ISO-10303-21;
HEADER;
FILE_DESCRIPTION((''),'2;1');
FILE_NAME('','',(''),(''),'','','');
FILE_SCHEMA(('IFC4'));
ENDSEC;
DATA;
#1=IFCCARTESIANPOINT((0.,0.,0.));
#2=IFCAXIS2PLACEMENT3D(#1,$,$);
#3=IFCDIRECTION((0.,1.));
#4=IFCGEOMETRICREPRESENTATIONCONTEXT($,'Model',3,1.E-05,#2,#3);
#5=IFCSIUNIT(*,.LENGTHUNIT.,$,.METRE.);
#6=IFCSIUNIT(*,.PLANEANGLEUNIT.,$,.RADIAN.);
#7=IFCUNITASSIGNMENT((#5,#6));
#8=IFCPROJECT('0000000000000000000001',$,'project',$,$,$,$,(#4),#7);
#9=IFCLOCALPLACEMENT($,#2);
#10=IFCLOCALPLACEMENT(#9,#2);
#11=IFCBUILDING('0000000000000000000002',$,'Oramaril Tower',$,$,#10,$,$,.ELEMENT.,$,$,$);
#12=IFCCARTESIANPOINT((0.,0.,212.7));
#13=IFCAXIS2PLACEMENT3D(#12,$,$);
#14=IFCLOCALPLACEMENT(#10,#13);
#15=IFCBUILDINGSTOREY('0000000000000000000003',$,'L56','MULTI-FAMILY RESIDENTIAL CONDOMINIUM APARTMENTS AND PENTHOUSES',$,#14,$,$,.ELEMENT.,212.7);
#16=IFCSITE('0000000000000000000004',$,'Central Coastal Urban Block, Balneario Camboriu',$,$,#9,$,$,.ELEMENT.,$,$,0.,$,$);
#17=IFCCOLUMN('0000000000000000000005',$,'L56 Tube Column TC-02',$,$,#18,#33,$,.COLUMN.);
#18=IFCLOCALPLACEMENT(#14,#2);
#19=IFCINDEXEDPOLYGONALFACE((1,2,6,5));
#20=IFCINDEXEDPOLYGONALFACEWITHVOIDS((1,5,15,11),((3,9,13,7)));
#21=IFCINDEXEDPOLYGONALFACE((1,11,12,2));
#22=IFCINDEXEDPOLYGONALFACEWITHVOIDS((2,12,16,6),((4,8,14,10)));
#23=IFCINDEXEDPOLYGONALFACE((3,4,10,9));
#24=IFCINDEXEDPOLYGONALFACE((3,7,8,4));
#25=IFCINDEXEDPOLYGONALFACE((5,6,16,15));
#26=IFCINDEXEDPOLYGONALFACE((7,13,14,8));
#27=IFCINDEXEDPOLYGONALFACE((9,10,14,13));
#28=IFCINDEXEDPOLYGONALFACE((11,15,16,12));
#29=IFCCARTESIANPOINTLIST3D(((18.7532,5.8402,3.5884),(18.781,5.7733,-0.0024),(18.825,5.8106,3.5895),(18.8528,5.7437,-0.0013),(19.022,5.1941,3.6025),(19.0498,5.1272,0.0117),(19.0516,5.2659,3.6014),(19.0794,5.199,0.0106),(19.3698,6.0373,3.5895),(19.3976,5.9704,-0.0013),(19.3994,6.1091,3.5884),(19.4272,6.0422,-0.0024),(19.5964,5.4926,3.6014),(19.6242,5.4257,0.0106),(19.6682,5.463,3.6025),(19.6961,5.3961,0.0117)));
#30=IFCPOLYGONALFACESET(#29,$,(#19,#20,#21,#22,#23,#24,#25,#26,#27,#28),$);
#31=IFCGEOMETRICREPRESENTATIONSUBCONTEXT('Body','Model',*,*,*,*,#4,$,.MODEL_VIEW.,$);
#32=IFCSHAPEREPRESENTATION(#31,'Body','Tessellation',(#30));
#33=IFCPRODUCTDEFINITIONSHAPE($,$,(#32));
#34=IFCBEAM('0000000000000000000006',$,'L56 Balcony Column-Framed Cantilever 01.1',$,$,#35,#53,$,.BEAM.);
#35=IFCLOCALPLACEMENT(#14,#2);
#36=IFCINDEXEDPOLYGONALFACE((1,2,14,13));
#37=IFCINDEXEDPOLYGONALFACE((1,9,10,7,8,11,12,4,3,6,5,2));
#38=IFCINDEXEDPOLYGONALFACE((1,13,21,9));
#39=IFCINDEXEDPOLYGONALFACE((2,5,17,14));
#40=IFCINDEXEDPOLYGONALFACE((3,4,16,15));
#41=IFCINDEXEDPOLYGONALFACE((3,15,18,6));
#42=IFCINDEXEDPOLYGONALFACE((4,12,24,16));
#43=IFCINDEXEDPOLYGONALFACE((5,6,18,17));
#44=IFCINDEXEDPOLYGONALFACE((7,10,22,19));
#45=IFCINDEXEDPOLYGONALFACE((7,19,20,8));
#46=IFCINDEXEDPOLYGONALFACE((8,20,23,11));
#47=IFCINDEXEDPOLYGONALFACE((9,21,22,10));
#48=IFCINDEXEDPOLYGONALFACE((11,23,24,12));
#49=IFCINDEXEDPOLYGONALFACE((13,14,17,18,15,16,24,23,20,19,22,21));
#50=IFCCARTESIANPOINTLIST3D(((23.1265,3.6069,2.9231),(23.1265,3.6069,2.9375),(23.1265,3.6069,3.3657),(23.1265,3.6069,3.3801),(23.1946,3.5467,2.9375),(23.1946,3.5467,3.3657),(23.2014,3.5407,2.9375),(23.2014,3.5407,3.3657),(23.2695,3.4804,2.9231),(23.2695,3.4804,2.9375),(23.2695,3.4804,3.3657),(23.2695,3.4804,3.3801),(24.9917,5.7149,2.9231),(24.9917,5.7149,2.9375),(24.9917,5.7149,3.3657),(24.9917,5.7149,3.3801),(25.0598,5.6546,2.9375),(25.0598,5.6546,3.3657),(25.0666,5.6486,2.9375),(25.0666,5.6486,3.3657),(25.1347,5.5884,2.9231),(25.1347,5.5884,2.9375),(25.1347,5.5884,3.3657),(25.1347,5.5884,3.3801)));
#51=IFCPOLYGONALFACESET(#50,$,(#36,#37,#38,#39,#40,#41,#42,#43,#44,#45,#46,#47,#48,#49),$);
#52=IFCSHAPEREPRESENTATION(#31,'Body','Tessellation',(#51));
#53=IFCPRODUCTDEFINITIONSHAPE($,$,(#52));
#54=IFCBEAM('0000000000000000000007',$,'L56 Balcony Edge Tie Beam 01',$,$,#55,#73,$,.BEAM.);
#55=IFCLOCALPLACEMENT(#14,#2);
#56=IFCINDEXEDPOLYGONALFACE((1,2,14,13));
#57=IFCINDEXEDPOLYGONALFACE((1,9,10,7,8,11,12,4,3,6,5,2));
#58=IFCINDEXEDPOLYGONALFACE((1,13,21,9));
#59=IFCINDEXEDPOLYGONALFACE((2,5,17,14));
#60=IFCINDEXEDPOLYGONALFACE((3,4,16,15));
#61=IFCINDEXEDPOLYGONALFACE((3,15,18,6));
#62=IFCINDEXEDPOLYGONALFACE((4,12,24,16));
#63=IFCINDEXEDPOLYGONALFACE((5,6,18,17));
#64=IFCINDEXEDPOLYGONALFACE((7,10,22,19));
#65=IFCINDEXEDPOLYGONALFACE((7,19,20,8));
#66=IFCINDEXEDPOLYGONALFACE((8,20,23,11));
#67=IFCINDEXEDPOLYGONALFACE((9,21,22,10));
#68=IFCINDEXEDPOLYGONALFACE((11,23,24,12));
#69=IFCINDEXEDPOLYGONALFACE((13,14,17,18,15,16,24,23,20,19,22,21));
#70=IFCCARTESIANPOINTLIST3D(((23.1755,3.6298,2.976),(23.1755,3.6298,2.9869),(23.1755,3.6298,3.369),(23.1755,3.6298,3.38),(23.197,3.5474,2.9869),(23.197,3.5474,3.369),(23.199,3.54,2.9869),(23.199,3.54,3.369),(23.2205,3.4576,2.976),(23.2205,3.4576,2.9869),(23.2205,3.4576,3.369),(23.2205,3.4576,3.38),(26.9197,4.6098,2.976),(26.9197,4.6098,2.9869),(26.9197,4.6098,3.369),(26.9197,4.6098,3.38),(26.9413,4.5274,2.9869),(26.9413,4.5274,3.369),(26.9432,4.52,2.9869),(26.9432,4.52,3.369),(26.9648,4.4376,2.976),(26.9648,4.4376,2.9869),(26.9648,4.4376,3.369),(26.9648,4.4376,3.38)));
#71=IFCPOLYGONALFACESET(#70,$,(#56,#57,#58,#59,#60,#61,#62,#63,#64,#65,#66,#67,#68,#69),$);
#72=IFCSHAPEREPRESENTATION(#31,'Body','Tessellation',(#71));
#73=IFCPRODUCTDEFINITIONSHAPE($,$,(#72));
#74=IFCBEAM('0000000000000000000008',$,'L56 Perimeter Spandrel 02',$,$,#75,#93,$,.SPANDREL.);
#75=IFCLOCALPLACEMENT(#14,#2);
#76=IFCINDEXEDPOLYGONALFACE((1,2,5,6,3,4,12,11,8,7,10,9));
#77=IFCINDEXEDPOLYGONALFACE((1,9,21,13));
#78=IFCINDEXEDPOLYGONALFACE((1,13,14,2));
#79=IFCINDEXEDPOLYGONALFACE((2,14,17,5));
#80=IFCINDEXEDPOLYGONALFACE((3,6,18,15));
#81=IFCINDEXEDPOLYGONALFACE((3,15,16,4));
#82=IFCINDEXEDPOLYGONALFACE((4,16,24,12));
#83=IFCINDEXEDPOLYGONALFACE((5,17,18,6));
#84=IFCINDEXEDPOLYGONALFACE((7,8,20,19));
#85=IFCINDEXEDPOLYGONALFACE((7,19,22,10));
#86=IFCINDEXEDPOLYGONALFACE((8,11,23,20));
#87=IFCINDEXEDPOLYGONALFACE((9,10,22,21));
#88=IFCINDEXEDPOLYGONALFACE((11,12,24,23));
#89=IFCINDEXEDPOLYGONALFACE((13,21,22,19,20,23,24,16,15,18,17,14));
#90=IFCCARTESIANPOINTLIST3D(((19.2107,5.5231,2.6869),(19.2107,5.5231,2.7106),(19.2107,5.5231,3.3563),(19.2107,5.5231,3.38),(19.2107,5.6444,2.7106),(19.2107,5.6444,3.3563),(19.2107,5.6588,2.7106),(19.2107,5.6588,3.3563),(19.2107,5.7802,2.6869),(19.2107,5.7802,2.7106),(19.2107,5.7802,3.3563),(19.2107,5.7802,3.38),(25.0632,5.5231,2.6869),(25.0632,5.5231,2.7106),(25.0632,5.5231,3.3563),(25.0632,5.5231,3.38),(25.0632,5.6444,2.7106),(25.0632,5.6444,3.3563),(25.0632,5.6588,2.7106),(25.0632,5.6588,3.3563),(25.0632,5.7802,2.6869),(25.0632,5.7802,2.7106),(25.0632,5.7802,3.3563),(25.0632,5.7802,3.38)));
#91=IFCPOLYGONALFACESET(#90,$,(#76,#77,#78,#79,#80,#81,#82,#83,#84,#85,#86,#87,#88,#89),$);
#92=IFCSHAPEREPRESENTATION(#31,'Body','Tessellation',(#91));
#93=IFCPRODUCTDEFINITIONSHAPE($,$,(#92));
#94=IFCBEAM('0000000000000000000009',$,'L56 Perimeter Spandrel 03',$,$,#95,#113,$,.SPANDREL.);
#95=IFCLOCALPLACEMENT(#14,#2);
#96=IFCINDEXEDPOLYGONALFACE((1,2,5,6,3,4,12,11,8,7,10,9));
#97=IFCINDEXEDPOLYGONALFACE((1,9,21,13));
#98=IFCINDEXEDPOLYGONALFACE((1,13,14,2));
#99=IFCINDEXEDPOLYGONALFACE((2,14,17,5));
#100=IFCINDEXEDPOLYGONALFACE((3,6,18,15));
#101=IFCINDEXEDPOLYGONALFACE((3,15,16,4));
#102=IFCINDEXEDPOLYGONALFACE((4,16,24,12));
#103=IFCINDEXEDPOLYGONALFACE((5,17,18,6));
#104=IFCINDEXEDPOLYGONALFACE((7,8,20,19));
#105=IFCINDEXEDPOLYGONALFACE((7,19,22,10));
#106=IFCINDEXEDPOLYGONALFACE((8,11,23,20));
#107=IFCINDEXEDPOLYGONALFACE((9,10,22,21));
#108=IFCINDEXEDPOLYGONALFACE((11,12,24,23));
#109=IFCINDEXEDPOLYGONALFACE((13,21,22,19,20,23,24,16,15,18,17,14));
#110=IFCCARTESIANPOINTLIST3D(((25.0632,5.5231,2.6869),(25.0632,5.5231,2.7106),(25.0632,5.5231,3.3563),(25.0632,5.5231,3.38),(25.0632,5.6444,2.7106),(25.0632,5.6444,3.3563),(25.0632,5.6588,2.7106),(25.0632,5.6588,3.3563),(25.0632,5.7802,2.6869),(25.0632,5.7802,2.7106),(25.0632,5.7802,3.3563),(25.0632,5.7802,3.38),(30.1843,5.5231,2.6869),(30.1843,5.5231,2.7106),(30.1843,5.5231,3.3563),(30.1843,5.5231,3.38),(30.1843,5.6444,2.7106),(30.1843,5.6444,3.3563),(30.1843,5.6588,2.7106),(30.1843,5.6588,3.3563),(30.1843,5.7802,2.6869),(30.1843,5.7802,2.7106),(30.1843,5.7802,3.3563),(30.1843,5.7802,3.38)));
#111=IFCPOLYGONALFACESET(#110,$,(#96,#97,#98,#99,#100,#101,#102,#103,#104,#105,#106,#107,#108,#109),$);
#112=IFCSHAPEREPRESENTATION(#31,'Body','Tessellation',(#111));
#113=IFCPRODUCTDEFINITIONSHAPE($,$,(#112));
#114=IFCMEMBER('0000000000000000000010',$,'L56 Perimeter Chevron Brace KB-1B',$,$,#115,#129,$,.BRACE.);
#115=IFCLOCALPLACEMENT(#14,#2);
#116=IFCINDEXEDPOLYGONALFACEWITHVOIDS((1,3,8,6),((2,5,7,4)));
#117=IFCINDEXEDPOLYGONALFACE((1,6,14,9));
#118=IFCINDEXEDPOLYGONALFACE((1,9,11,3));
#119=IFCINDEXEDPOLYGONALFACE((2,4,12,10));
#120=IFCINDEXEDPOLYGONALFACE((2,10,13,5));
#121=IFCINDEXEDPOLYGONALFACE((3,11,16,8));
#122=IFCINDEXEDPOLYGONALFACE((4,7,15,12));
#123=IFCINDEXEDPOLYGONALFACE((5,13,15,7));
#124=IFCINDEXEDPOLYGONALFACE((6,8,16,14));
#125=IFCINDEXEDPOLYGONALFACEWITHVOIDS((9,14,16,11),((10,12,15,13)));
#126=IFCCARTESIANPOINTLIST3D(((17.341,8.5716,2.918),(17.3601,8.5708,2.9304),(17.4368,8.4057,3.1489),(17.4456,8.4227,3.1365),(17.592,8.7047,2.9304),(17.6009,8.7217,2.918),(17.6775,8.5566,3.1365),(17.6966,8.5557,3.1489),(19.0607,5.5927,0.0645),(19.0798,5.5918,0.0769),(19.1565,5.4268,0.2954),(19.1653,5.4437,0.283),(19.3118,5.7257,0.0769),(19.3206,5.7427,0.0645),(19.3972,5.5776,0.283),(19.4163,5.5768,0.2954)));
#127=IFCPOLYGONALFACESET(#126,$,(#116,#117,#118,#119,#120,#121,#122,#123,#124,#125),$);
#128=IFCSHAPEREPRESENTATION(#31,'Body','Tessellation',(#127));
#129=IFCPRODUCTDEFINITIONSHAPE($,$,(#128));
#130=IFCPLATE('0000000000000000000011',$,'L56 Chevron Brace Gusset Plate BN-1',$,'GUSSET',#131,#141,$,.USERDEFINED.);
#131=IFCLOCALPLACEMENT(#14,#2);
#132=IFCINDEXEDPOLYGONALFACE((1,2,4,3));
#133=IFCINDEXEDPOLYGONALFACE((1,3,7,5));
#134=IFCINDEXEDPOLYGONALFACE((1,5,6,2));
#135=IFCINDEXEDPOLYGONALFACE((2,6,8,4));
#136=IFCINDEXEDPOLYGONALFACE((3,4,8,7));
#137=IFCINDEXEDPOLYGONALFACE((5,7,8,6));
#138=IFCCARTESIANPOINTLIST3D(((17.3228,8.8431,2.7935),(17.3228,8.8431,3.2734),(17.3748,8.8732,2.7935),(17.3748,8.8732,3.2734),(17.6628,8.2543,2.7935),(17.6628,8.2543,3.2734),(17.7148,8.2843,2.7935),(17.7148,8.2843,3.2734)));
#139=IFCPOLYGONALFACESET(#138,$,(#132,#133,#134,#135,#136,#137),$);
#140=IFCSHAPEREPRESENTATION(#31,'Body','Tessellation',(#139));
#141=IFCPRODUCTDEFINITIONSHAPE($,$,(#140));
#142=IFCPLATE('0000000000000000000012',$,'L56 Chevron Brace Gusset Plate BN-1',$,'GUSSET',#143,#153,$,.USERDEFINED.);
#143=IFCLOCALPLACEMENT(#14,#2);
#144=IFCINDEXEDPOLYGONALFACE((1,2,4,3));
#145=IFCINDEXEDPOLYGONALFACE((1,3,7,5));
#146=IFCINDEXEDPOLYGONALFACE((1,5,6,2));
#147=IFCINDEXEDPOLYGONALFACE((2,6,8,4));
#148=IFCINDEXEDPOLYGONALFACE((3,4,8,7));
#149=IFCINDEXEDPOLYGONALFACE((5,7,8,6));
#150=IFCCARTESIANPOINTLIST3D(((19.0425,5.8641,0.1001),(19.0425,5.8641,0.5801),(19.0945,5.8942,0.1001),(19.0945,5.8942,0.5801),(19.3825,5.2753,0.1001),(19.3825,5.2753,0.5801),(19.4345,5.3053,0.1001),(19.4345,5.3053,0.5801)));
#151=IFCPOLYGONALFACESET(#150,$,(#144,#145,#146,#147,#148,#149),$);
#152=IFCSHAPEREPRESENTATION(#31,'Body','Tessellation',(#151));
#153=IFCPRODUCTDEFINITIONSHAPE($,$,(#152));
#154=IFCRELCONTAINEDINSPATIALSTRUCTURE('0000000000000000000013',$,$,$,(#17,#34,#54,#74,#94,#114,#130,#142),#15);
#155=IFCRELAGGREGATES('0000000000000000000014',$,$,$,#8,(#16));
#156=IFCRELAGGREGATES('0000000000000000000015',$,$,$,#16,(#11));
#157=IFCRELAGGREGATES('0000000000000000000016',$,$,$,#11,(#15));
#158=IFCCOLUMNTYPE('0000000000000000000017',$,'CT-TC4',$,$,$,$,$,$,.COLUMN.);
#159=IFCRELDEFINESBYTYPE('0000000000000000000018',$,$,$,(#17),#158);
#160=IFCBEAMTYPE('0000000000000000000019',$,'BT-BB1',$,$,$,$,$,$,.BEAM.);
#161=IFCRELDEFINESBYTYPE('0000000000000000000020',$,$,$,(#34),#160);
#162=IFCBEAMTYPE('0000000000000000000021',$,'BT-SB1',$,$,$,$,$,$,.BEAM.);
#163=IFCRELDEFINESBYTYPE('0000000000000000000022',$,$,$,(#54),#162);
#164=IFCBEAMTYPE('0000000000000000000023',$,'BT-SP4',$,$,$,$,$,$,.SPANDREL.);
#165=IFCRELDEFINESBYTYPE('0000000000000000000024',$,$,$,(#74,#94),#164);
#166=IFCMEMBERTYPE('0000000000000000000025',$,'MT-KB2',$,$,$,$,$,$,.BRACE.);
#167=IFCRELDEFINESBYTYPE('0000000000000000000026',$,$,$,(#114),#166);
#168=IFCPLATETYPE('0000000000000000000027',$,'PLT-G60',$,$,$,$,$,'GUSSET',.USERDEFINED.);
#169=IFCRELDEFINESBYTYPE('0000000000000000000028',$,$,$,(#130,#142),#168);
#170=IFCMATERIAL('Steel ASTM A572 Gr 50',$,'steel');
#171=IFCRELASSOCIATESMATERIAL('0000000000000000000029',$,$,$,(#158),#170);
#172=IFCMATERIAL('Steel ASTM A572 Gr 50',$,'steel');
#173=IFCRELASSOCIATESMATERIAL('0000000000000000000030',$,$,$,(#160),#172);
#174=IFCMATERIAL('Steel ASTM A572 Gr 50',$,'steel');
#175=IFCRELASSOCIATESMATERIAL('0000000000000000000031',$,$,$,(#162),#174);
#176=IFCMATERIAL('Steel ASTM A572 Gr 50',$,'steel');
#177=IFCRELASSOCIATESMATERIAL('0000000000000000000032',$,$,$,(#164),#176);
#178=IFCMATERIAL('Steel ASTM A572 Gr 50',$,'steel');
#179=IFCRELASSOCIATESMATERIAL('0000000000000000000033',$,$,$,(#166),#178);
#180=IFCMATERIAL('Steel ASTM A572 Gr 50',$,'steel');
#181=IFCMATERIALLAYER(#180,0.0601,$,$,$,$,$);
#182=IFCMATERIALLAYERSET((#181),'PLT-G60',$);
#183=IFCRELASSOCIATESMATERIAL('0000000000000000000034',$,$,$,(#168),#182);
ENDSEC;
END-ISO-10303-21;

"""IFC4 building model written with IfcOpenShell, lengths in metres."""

from ifc_helpers import new_model, si_unit, direction, frame, origin, origin_2d, place, context, subcontext, project, spatial, rectangle, hollow_rectangle, i_section, extrude, material, layer, layer_set, material_profile, profile_set, type_object, element, save


model = new_model("IFC4")

# Units and contexts
model_context = context("Model", 3, precision=1e-05, world=origin(), true_north=direction((0.0, 1.0)))
body_context = subcontext(model_context, "Body", "Model", "MODEL_VIEW")
ifc_project = project(units=[si_unit("LENGTHUNIT", "METRE"), si_unit("PLANEANGLEUNIT", "RADIAN")], contexts=[model_context])

# Site, building, storey
site_placement = place(None, origin())
site = spatial("IfcSite", under=ifc_project, at=site_placement, Name="Central Coastal Urban Block, Balneario Camboriu", CompositionType="ELEMENT", RefElevation=0.0)
building_placement = place(site_placement, origin())
building = spatial("IfcBuilding", under=site, at=building_placement, Name="Oramaril Tower", CompositionType="ELEMENT")
storey_placement = place(building_placement, frame((0.0, 0.0, 212.7)))
storey = spatial("IfcBuildingStorey", under=building, at=storey_placement, Name="L56", Description="MULTI-FAMILY RESIDENTIAL CONDOMINIUM APARTMENTS AND PENTHOUSES", CompositionType="ELEMENT", Elevation=212.7)

# Column
ifc_material_1 = material(Name="Steel ASTM A572 Gr 50", Category="steel")
ifc_material_profile_1 = material_profile(ifc_material_1, hollow_rectangle(XDim=0.7, YDim=0.7, WallThickness=0.0549, at=origin_2d()), Name="BOX700X700X55")
ifc_profile_set_1 = profile_set([ifc_material_profile_1], Name="Steel ASTM A572 Gr 50")
column_type = type_object("IfcColumnType", Name="CT-TC4", PredefinedType="COLUMN", material=ifc_profile_set_1)
column_placement = place(storey_placement, frame((19.2385, 5.5847, 0.0046), z_axis=(-0.007749, 0.018626, 0.999796), x_axis=(-0.923276, -0.384137, 0.0)))
element("IfcColumn", 1, at=column_placement, inside=storey, type_object=column_type, Name="L56 Tube Column TC-02", PredefinedType="COLUMN", context=body_context, shape_type="SweptSolid", body=[
    extrude(hollow_rectangle(XDim=0.7, YDim=0.7, WallThickness=0.0549, at=origin_2d()), origin(), (0.0, 0.0, 1.0), 3.5916),
])

# Beams
ifc_material_2 = material(Name="Steel ASTM A572 Gr 50", Category="steel")
ifc_material_profile_2 = material_profile(ifc_material_2, i_section(OverallWidth=0.1909, OverallDepth=0.457, WebThickness=0.009, FlangeThickness=0.0144, at=origin_2d()), Name="W18X50")
ifc_profile_set_2 = profile_set([ifc_material_profile_2], Name="Steel ASTM A572 Gr 50")
beam_type_1 = type_object("IfcBeamType", Name="BT-BB1", PredefinedType="BEAM", material=ifc_profile_set_2)
beam_1_placement = place(storey_placement, frame((25.0632, 5.6516, 3.1516), z_axis=(-0.662682, -0.748901, 0.0), x_axis=(0.748901, -0.662682, 0.0)))
element("IfcBeam", 2, at=beam_1_placement, inside=storey, type_object=beam_type_1, Name="L56 Balcony Column-Framed Cantilever 01.1", PredefinedType="BEAM", context=body_context, shape_type="SweptSolid", body=[
    extrude(i_section(OverallWidth=0.1909, OverallDepth=0.457, WebThickness=0.009, FlangeThickness=0.0144, at=origin_2d()), origin(), (0.0, 0.0, 1.0), 2.8147),
])
ifc_material_3 = material(Name="Steel ASTM A572 Gr 50", Category="steel")
ifc_material_profile_3 = material_profile(ifc_material_3, i_section(OverallWidth=0.178, OverallDepth=0.4041, WebThickness=0.0076, FlangeThickness=0.011, at=origin_2d()), Name="W16X36")
ifc_profile_set_3 = profile_set([ifc_material_profile_3], Name="Steel ASTM A572 Gr 50")
beam_type_2 = type_object("IfcBeamType", Name="BT-SB1", PredefinedType="BEAM", material=ifc_profile_set_3)
beam_2_placement = place(storey_placement, frame((23.198, 3.5437, 3.178), z_axis=(0.967412, 0.253208, 0.0), x_axis=(-0.253208, 0.967412, 0.0)))
element("IfcBeam", 3, at=beam_2_placement, inside=storey, type_object=beam_type_2, Name="L56 Balcony Edge Tie Beam 01", PredefinedType="BEAM", context=body_context, shape_type="SweptSolid", body=[
    extrude(i_section(OverallWidth=0.178, OverallDepth=0.4041, WebThickness=0.0076, FlangeThickness=0.011, at=origin_2d()), origin(), (0.0, 0.0, 1.0), 3.8704),
])
ifc_material_4 = material(Name="Steel ASTM A572 Gr 50", Category="steel")
ifc_material_profile_4 = material_profile(ifc_material_4, i_section(OverallWidth=0.2571, OverallDepth=0.6931, WebThickness=0.0144, FlangeThickness=0.0237, at=origin_2d()), Name="W27X114")
ifc_profile_set_4 = profile_set([ifc_material_profile_4], Name="Steel ASTM A572 Gr 50")
beam_type_3 = type_object("IfcBeamType", Name="BT-SP4", PredefinedType="SPANDREL", material=ifc_profile_set_4)
beam_3_placement = place(storey_placement, frame((19.2107, 5.6516, 3.0334), z_axis=(1.0, 0.0, 0.0), x_axis=(0.0, 1.0, 0.0)))
element("IfcBeam", 4, at=beam_3_placement, inside=storey, type_object=beam_type_3, Name="L56 Perimeter Spandrel 02", PredefinedType="SPANDREL", context=body_context, shape_type="SweptSolid", body=[
    extrude(i_section(OverallWidth=0.2571, OverallDepth=0.6931, WebThickness=0.0144, FlangeThickness=0.0237, at=origin_2d()), origin(), (0.0, 0.0, 1.0), 5.8525),
])
beam_4_placement = place(storey_placement, frame((25.0632, 5.6516, 3.0334), z_axis=(1.0, 0.0, 0.0), x_axis=(0.0, 1.0, 0.0)))
element("IfcBeam", 5, at=beam_4_placement, inside=storey, type_object=beam_type_3, Name="L56 Perimeter Spandrel 03", PredefinedType="SPANDREL", context=body_context, shape_type="SweptSolid", body=[
    extrude(i_section(OverallWidth=0.2571, OverallDepth=0.6931, WebThickness=0.0144, FlangeThickness=0.0237, at=origin_2d()), origin(), (0.0, 0.0, 1.0), 5.1211),
])

# Member
ifc_material_5 = material(Name="Steel ASTM A572 Gr 50", Category="steel")
ifc_material_profile_5 = material_profile(ifc_material_5, hollow_rectangle(XDim=0.3, YDim=0.3, WallThickness=0.0161, at=origin_2d()), Name="HSS300X300X16")
ifc_profile_set_5 = profile_set([ifc_material_profile_5], Name="Steel ASTM A572 Gr 50")
member_type = type_object("IfcMemberType", Name="MT-KB2", PredefinedType="BRACE", material=ifc_profile_set_5)
member_placement = place(storey_placement, frame((19.2385, 5.5847, 0.1799), z_axis=(-0.384788, 0.666551, 0.638473), x_axis=(-0.866051, -0.499956, 0.0)))
element("IfcMember", 6, at=member_placement, inside=storey, type_object=member_type, Name="L56 Perimeter Chevron Brace KB-1B", PredefinedType="BRACE", context=body_context, shape_type="SweptSolid", body=[
    extrude(hollow_rectangle(XDim=0.3, YDim=0.3, WallThickness=0.0161, at=origin_2d()), origin(), (0.0, 0.0, 1.0), 4.4692),
])

# Plates
ifc_material_6 = material(Name="Steel ASTM A572 Gr 50", Category="steel")
ifc_layer_1 = layer(ifc_material_6, 0.0601)
ifc_layer_set_1 = layer_set([ifc_layer_1], Name="PLT-G60")
plate_type = type_object("IfcPlateType", Name="PLT-G60", ElementType="GUSSET", PredefinedType="USERDEFINED", material=ifc_layer_set_1)
for number, where, z_axis, x_axis, name in (
    (7, (17.5188, 8.5637, 2.7935), (0.0, 0.0, 1.0), (0.5, -0.866025, 0.0), "L56 Chevron Brace Gusset Plate BN-1"),
    (8, (19.2385, 5.5847, 0.1001), (0.0, 0.0, 1.0), (0.5, -0.866025, 0.0), "L56 Chevron Brace Gusset Plate BN-1"),
):
    element("IfcPlate", number, at=place(storey_placement, frame(where, z_axis=z_axis, x_axis=x_axis)), inside=storey, type_object=plate_type, Name=name, ObjectType="GUSSET", PredefinedType="USERDEFINED", context=body_context, shape_type="SweptSolid", body=[
        extrude(rectangle(XDim=0.6799, YDim=0.0601, at=origin_2d()), origin(), (0.0, 0.0, 1.0), 0.48),
    ])

save(model, "model.ifc")
